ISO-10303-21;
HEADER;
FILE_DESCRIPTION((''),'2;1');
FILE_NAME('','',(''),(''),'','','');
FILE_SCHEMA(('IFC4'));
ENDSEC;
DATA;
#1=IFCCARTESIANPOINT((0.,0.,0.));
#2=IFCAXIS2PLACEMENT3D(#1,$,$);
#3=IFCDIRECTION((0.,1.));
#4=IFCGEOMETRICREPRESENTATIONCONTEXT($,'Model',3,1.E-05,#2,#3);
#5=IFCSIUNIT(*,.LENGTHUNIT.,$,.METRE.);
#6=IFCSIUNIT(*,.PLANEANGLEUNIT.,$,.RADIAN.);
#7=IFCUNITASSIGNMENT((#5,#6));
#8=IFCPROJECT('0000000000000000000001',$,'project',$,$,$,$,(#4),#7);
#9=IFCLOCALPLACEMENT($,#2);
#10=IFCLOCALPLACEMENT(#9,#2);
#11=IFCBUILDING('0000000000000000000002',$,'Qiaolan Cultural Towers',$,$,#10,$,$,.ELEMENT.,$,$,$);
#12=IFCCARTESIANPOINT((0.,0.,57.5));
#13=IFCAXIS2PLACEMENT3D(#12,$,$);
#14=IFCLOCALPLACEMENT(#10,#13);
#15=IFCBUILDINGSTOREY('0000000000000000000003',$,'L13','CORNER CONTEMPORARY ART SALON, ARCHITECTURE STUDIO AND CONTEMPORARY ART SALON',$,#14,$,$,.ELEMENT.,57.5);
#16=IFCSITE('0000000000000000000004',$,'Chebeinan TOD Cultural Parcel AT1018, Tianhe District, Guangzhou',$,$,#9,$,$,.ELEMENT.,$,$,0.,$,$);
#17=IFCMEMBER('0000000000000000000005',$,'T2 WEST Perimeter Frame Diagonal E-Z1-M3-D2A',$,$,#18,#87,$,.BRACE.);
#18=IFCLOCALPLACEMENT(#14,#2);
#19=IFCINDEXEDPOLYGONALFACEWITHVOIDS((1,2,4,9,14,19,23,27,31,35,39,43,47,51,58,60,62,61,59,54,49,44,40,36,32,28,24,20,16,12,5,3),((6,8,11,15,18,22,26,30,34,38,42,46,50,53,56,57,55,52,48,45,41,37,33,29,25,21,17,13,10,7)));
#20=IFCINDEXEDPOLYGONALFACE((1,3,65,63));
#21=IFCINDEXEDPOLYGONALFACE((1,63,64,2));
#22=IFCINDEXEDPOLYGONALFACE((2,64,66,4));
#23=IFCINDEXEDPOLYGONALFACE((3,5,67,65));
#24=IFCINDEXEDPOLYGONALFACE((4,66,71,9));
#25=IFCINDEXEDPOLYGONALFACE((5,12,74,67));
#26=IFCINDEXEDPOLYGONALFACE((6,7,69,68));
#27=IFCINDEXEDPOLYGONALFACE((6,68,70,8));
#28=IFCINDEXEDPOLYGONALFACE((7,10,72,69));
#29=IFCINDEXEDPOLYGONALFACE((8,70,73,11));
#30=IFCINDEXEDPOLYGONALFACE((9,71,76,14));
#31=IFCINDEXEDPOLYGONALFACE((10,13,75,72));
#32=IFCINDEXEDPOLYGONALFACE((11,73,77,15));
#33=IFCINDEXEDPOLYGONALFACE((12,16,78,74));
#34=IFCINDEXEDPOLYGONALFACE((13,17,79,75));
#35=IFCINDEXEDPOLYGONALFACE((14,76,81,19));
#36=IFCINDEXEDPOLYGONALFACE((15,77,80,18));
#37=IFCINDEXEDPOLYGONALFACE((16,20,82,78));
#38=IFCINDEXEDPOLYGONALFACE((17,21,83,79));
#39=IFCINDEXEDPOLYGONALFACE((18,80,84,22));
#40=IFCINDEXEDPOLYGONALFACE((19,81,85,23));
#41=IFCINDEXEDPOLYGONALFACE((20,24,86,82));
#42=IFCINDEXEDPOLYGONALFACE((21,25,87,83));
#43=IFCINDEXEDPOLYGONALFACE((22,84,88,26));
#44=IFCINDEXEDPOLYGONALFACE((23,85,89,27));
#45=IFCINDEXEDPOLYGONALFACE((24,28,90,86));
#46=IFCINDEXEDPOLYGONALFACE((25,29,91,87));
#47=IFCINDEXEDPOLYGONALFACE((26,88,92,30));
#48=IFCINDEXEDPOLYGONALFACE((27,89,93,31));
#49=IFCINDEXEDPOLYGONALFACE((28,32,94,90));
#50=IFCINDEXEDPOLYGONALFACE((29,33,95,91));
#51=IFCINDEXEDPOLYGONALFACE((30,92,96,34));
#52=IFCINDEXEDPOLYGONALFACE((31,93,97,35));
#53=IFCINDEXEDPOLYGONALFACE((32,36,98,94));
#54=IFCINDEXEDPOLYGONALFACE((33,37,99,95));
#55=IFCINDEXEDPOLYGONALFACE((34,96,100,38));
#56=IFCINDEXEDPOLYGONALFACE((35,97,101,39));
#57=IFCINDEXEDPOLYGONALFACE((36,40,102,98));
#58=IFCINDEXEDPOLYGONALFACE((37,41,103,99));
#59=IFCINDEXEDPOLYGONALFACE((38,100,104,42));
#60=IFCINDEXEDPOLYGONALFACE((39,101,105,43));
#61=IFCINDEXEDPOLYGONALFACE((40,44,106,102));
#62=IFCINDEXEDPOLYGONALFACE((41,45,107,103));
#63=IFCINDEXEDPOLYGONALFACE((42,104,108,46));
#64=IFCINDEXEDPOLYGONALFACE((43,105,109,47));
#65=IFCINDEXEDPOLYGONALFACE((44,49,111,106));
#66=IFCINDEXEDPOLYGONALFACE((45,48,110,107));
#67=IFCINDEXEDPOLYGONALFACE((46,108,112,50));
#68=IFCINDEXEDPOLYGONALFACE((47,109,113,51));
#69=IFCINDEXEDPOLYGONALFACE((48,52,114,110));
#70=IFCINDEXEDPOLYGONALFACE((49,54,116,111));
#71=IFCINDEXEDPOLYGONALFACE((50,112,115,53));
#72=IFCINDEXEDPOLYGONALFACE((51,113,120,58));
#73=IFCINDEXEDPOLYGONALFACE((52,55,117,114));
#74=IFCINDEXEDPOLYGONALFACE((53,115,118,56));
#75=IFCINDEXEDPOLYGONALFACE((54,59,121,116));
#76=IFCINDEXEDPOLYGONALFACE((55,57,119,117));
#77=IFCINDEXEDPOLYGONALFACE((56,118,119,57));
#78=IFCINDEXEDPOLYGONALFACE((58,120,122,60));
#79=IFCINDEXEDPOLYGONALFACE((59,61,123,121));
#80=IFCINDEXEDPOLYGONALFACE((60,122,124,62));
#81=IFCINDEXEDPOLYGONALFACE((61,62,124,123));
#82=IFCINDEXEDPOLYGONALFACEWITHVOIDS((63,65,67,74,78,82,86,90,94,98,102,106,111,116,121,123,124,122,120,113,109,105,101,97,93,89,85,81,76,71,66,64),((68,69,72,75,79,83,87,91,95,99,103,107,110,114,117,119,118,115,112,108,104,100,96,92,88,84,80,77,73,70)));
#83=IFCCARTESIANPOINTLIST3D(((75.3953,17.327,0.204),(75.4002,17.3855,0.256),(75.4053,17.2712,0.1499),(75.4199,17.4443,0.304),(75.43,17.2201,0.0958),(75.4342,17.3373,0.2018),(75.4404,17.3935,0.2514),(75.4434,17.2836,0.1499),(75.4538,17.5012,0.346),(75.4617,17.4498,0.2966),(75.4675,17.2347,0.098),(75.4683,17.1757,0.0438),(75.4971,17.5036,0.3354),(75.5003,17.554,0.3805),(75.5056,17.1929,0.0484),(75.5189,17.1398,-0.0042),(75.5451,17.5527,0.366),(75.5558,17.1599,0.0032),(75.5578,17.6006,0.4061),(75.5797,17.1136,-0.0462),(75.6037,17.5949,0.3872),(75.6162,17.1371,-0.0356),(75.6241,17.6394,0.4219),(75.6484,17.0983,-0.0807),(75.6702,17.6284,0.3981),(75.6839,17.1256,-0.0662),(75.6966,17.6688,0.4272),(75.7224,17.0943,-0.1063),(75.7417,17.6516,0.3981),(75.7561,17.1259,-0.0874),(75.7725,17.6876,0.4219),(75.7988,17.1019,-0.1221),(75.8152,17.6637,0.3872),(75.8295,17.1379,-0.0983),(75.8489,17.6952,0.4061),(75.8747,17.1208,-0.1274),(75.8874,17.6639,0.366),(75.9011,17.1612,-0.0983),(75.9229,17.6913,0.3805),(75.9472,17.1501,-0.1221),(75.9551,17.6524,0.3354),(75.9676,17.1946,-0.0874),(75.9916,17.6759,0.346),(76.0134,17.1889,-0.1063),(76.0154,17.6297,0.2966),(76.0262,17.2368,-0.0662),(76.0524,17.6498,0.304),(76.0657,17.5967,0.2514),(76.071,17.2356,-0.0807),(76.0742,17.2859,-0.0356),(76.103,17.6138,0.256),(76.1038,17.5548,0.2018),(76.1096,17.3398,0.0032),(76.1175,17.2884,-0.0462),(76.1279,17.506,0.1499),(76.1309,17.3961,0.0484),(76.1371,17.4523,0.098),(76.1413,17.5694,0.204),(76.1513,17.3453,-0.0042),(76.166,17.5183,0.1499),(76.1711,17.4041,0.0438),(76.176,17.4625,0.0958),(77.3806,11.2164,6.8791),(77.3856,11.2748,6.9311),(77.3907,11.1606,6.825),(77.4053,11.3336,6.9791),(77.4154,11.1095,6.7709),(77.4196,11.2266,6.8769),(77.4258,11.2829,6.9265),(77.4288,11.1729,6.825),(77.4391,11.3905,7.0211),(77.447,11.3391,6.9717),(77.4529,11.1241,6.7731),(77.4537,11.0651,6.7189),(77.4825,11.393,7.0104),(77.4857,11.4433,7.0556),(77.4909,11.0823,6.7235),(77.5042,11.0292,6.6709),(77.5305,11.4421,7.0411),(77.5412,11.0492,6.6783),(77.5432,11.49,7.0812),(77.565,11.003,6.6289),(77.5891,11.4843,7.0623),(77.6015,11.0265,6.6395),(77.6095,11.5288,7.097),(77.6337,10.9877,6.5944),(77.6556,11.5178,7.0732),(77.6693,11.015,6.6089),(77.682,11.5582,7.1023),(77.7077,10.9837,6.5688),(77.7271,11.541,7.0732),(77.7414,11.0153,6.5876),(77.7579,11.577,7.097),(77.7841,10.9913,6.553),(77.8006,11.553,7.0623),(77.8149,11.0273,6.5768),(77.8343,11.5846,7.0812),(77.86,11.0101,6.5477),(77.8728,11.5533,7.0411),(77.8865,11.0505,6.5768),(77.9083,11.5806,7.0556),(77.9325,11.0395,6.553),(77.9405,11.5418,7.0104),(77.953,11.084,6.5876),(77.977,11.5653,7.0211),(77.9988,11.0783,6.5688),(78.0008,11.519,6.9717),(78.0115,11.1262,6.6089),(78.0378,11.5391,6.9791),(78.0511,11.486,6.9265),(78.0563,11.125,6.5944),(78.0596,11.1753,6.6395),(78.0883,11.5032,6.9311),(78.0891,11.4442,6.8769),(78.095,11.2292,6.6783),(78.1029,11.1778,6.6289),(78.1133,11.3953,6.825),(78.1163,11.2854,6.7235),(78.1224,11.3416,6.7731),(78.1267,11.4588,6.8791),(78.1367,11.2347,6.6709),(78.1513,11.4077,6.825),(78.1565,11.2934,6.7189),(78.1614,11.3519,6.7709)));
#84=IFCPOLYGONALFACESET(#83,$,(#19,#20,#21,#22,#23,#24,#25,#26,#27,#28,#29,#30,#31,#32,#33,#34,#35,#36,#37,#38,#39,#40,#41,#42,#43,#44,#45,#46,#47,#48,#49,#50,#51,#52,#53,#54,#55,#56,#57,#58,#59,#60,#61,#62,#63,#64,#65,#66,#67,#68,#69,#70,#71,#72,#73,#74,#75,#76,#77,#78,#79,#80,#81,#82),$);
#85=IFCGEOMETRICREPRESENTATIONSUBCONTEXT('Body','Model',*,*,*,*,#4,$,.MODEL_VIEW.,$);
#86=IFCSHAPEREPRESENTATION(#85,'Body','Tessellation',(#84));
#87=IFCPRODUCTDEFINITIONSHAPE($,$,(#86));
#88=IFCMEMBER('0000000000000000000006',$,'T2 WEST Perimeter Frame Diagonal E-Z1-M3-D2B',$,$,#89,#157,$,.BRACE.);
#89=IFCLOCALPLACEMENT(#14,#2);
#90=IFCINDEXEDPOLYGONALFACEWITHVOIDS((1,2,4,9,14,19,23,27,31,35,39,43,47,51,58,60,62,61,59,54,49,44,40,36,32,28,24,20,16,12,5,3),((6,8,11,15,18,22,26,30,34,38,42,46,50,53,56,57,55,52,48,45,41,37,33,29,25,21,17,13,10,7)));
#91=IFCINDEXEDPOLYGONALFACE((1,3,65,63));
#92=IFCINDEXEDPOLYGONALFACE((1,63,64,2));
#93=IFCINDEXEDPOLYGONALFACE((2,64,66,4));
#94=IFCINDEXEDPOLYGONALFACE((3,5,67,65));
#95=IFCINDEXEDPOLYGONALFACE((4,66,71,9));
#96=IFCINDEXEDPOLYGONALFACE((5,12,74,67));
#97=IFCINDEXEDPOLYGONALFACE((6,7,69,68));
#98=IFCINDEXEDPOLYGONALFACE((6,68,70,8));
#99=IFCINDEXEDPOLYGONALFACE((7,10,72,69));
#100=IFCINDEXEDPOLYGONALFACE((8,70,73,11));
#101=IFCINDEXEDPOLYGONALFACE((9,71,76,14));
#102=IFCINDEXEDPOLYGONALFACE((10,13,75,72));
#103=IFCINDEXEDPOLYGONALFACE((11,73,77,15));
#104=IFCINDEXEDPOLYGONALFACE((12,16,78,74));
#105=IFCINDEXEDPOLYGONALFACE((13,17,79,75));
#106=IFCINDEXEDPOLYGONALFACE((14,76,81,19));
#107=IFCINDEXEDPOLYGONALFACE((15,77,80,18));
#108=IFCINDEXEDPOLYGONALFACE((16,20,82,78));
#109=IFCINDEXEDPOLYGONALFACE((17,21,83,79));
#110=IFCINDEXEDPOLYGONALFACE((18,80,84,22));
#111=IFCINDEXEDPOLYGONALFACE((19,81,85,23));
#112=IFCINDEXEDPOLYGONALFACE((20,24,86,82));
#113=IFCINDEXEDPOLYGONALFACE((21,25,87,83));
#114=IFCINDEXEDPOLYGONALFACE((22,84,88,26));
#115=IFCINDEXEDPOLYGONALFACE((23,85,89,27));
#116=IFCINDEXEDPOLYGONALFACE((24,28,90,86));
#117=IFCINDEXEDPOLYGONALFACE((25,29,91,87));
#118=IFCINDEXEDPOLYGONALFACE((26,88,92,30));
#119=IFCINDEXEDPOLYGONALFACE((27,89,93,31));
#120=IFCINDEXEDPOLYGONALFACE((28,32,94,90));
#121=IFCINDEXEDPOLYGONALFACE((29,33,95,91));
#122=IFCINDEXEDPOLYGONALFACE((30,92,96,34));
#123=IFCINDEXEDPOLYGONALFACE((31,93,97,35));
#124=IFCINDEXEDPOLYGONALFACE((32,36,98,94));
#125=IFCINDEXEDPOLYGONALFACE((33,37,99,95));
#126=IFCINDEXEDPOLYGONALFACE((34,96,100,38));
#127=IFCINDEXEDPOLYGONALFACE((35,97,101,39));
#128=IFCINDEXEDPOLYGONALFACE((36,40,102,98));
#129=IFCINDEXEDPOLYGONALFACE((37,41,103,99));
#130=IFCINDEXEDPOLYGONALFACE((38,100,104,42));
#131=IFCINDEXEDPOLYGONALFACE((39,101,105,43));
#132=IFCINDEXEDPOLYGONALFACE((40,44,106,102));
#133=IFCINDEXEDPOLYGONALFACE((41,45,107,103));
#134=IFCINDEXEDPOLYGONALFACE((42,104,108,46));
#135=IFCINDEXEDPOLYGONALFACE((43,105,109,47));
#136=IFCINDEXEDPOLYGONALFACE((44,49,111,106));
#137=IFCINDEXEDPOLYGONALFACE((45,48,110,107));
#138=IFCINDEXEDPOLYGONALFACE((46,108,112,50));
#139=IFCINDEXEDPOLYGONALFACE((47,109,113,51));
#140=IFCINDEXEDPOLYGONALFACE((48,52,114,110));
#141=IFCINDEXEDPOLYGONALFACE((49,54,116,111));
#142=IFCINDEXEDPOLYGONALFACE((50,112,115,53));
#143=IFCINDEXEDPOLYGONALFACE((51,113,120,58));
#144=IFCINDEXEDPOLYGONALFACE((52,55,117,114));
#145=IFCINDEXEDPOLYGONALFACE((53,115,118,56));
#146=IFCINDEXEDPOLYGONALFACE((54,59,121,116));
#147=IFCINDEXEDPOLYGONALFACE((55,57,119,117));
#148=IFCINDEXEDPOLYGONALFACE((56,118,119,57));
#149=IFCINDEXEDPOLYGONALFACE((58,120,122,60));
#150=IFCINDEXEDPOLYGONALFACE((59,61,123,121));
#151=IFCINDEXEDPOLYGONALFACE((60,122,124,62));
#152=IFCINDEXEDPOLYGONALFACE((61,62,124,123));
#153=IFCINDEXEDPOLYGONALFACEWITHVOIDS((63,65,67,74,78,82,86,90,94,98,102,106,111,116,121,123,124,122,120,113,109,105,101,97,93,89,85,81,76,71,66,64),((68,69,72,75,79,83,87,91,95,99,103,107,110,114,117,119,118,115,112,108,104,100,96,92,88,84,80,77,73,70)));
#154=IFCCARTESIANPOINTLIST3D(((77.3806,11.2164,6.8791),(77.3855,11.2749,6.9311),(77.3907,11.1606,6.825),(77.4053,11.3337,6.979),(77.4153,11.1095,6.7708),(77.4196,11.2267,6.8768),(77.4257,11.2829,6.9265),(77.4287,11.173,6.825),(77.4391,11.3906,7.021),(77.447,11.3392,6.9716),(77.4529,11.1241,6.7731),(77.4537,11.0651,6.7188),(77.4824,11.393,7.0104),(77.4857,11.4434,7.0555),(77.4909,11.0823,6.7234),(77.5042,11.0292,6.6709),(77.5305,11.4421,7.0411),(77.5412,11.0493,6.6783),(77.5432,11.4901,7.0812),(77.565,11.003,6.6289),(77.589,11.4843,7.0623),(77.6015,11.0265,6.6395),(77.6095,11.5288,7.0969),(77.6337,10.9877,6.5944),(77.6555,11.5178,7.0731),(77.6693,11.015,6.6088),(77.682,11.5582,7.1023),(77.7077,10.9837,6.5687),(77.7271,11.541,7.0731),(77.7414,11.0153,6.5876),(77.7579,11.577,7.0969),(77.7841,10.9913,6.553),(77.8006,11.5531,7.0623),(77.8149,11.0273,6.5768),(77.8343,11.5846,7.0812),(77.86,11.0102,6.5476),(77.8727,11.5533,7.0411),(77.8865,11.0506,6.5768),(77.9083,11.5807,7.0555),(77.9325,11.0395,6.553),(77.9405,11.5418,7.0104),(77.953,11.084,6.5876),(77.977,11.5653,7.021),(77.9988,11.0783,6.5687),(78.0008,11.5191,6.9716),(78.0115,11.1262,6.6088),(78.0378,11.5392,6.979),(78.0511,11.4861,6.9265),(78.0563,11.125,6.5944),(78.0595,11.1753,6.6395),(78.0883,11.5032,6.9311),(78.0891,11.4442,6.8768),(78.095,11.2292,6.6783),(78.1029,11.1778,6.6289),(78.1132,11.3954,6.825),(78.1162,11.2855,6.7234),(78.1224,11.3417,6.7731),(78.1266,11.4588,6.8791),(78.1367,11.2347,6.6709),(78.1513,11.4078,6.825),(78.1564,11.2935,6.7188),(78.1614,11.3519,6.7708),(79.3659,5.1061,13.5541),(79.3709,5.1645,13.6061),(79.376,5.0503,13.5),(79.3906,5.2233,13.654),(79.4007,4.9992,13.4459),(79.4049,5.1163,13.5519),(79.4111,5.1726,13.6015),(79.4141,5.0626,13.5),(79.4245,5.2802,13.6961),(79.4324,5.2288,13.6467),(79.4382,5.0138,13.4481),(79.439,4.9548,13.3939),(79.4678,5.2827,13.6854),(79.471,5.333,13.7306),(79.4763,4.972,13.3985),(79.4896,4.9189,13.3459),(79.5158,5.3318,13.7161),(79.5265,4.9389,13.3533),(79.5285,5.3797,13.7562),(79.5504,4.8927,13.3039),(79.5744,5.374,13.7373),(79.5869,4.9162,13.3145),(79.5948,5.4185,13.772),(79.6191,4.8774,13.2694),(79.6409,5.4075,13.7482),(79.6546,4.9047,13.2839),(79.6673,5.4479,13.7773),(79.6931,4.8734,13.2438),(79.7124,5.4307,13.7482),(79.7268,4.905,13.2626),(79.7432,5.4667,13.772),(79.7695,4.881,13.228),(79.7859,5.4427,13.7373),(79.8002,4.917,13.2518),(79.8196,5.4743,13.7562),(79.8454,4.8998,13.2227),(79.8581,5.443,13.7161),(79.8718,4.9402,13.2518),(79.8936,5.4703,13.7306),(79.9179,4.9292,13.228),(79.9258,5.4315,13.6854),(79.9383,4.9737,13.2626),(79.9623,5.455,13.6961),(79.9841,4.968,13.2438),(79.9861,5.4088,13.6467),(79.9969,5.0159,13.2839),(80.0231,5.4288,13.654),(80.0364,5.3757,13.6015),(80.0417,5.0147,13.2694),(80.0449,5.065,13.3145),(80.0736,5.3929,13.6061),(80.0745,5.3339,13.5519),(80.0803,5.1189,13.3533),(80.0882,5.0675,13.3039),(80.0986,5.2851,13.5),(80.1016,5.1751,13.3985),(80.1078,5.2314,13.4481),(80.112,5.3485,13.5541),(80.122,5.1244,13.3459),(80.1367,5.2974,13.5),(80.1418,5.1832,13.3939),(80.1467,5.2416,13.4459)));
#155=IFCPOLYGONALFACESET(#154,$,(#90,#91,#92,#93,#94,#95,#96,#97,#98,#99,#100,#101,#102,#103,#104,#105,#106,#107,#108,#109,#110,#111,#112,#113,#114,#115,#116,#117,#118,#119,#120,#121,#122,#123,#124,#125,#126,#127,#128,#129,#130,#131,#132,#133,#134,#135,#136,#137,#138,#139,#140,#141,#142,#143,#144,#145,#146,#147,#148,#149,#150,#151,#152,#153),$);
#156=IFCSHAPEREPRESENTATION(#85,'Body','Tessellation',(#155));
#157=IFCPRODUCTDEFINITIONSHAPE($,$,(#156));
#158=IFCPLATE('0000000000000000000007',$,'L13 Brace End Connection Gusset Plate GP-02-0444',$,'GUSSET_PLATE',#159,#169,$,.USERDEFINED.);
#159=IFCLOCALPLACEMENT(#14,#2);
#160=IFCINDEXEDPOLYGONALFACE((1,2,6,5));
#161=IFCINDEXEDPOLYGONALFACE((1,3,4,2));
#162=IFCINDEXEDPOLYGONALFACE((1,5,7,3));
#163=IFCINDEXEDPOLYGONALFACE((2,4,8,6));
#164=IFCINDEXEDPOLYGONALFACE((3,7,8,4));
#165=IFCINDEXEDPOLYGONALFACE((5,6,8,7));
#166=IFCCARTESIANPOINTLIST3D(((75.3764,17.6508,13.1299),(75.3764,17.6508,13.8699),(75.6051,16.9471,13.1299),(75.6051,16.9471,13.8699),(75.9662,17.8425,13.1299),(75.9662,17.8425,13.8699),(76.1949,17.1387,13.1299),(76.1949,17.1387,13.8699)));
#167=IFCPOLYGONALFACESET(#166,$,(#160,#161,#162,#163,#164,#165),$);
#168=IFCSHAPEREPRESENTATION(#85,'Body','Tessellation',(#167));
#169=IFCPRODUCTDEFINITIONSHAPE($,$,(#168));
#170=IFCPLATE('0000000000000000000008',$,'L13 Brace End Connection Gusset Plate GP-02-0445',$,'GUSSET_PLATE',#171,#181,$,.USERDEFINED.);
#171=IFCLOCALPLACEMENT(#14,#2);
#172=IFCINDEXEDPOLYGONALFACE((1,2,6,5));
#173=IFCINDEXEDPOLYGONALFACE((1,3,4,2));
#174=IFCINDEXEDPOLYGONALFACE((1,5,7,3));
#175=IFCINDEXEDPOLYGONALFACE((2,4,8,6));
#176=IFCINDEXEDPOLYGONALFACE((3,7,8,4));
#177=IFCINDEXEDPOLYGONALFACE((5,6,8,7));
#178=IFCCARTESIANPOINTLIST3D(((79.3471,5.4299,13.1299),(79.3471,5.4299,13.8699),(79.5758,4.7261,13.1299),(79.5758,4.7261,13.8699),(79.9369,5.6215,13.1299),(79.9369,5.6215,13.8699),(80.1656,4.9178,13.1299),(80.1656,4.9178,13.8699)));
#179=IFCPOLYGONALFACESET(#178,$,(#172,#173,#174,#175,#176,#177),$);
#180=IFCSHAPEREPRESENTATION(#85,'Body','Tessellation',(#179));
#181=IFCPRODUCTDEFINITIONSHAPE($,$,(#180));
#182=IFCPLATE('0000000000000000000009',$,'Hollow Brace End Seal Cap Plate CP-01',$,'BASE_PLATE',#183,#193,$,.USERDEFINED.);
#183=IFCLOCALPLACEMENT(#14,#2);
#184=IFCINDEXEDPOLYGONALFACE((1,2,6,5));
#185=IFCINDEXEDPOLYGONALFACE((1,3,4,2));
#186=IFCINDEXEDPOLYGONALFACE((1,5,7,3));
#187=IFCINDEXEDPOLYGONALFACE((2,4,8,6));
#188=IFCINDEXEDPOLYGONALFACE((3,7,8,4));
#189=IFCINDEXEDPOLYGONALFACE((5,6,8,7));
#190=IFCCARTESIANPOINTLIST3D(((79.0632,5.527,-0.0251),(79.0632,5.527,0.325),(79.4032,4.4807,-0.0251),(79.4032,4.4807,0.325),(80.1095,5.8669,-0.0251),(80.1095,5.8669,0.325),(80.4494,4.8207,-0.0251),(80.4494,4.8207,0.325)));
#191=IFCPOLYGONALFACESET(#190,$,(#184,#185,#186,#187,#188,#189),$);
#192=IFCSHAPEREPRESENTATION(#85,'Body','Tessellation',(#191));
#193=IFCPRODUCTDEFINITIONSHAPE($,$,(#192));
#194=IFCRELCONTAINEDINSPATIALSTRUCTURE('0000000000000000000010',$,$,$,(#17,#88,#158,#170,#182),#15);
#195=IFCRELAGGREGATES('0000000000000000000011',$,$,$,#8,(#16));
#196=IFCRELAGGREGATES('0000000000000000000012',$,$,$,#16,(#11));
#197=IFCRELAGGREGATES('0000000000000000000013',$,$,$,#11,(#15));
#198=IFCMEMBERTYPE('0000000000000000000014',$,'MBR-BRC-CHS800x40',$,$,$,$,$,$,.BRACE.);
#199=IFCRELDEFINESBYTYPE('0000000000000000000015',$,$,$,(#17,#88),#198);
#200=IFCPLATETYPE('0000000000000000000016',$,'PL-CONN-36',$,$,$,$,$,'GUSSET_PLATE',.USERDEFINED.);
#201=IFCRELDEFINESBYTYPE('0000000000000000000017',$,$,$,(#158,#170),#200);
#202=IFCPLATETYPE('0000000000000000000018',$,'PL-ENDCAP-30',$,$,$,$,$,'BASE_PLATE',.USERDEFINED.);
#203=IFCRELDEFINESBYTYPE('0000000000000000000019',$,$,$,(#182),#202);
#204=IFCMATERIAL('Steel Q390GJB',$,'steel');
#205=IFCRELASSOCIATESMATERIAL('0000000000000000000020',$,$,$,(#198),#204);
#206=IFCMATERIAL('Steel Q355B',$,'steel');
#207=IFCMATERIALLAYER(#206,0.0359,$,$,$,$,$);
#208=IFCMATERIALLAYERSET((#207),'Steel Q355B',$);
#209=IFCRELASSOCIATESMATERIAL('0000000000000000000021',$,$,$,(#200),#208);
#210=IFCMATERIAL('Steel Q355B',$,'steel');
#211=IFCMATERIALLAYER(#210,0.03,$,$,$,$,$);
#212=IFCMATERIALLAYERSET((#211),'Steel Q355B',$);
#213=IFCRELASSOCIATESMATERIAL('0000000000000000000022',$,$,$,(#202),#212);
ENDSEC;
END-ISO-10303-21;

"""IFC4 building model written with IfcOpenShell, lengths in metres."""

from ifc_helpers import new_model, si_unit, direction, frame, origin, origin_2d, place, context, subcontext, project, spatial, rectangle, hollow_circle, extrude, material, layer, layer_set, material_profile, profile_set, type_object, element, save


model = new_model("IFC4")

# Units and contexts
model_context = context("Model", 3, precision=1e-05, world=origin(), true_north=direction((0.0, 1.0)))
body_context = subcontext(model_context, "Body", "Model", "MODEL_VIEW")
ifc_project = project(units=[si_unit("LENGTHUNIT", "METRE"), si_unit("PLANEANGLEUNIT", "RADIAN")], contexts=[model_context])

# Site, building, storey
site_placement = place(None, origin())
site = spatial("IfcSite", under=ifc_project, at=site_placement, Name="Chebeinan TOD Cultural Parcel AT1018, Tianhe District, Guangzhou", CompositionType="ELEMENT", RefElevation=0.0)
building_placement = place(site_placement, origin())
building = spatial("IfcBuilding", under=site, at=building_placement, Name="Qiaolan Cultural Towers", CompositionType="ELEMENT")
storey_placement = place(building_placement, frame((0.0, 0.0, 57.5)))
storey = spatial("IfcBuildingStorey", under=building, at=storey_placement, Name="L13", Description="CORNER CONTEMPORARY ART SALON, ARCHITECTURE STUDIO AND CONTEMPORARY ART SALON", CompositionType="ELEMENT", Elevation=57.5)

# Members
ifc_material_1 = material(Name="Steel Q390GJB", Category="steel")
ifc_material_profile_1 = material_profile(ifc_material_1, hollow_circle(Radius=0.3999, WallThickness=0.04, at=origin_2d()), Name="CHS800x40")
ifc_profile_set_1 = profile_set([ifc_material_profile_1], Name="Steel Q390GJB")
member_type = type_object("IfcMemberType", Name="MBR-BRC-CHS800x40", PredefinedType="BRACE", material=ifc_profile_set_1)
for number, where, z_axis, x_axis, name in (
    (1, (75.7856, 17.3948, 0.1499), (0.214289, -0.659547, 0.720471), (0.951061, 0.309003, 0.0), "T2 WEST Perimeter Frame Diagonal E-Z1-M3-D2A"),
):
    element("IfcMember", number, at=place(storey_placement, frame(where, z_axis=z_axis, x_axis=x_axis)), inside=storey, type_object=member_type, Name=name, PredefinedType="BRACE", context=body_context, shape_type="SweptSolid", body=[
        extrude(hollow_circle(Radius=0.3999, WallThickness=0.04, at=origin_2d()), origin(), (0.0, 0.0, 1.0), 9.2649),
    ])
member_1_placement = place(storey_placement, frame((77.771, 11.2842, 6.825), z_axis=(0.214293, -0.659532, 0.720483), x_axis=(0.951058, 0.309014, 0.0)))
element("IfcMember", 2, at=member_1_placement, inside=storey, type_object=member_type, Name="T2 WEST Perimeter Frame Diagonal E-Z1-M3-D2B", PredefinedType="BRACE", context=body_context, shape_type="SweptSolid", body=[
    extrude(hollow_circle(Radius=0.3999, WallThickness=0.04, at=origin_2d()), origin(), (0.0, 0.0, 1.0), 9.2646),
])

# Plates
ifc_material_2 = material(Name="Steel Q355B", Category="steel")
ifc_layer_1 = layer(ifc_material_2, 0.0359)
ifc_layer_set_1 = layer_set([ifc_layer_1], Name="Steel Q355B")
plate_type_1 = type_object("IfcPlateType", Name="PL-CONN-36", ElementType="GUSSET_PLATE", PredefinedType="USERDEFINED", material=ifc_layer_set_1)
for number, where, z_axis, x_axis, name in (
    (3, (75.7856, 17.3948, 13.1299), (0.0, 0.0, 1.0), (-0.309017, 0.951057, 0.0), "L13 Brace End Connection Gusset Plate GP-02-0444"),
    (4, (79.7563, 5.1738, 13.1299), (0.0, 0.0, 1.0), (-0.309017, 0.951057, 0.0), "L13 Brace End Connection Gusset Plate GP-02-0445"),
):
    element("IfcPlate", number, at=place(storey_placement, frame(where, z_axis=z_axis, x_axis=x_axis)), inside=storey, type_object=plate_type_1, Name=name, ObjectType="GUSSET_PLATE", PredefinedType="USERDEFINED", context=body_context, shape_type="SweptSolid", body=[
        extrude(rectangle(XDim=0.74, YDim=0.6201, at=origin_2d()), origin(), (0.0, 0.0, 1.0), 0.74),
    ])
ifc_material_3 = material(Name="Steel Q355B", Category="steel")
ifc_layer_2 = layer(ifc_material_3, 0.03)
ifc_layer_set_2 = layer_set([ifc_layer_2], Name="Steel Q355B")
plate_type_2 = type_object("IfcPlateType", Name="PL-ENDCAP-30", ElementType="BASE_PLATE", PredefinedType="USERDEFINED", material=ifc_layer_set_2)
for number, where, z_axis, x_axis, name in (
    (5, (79.7563, 5.1738, -0.0251), (0.0, 0.0, 1.0), (-0.309017, 0.951057, 0.0), "Hollow Brace End Seal Cap Plate CP-01"),
):
    element("IfcPlate", number, at=place(storey_placement, frame(where, z_axis=z_axis, x_axis=x_axis)), inside=storey, type_object=plate_type_2, Name=name, ObjectType="BASE_PLATE", PredefinedType="USERDEFINED", context=body_context, shape_type="SweptSolid", body=[
        extrude(rectangle(XDim=1.1001, YDim=1.1001, at=origin_2d()), origin(), (0.0, 0.0, 1.0), 0.3501),
    ])

save(model, "model.ifc")
